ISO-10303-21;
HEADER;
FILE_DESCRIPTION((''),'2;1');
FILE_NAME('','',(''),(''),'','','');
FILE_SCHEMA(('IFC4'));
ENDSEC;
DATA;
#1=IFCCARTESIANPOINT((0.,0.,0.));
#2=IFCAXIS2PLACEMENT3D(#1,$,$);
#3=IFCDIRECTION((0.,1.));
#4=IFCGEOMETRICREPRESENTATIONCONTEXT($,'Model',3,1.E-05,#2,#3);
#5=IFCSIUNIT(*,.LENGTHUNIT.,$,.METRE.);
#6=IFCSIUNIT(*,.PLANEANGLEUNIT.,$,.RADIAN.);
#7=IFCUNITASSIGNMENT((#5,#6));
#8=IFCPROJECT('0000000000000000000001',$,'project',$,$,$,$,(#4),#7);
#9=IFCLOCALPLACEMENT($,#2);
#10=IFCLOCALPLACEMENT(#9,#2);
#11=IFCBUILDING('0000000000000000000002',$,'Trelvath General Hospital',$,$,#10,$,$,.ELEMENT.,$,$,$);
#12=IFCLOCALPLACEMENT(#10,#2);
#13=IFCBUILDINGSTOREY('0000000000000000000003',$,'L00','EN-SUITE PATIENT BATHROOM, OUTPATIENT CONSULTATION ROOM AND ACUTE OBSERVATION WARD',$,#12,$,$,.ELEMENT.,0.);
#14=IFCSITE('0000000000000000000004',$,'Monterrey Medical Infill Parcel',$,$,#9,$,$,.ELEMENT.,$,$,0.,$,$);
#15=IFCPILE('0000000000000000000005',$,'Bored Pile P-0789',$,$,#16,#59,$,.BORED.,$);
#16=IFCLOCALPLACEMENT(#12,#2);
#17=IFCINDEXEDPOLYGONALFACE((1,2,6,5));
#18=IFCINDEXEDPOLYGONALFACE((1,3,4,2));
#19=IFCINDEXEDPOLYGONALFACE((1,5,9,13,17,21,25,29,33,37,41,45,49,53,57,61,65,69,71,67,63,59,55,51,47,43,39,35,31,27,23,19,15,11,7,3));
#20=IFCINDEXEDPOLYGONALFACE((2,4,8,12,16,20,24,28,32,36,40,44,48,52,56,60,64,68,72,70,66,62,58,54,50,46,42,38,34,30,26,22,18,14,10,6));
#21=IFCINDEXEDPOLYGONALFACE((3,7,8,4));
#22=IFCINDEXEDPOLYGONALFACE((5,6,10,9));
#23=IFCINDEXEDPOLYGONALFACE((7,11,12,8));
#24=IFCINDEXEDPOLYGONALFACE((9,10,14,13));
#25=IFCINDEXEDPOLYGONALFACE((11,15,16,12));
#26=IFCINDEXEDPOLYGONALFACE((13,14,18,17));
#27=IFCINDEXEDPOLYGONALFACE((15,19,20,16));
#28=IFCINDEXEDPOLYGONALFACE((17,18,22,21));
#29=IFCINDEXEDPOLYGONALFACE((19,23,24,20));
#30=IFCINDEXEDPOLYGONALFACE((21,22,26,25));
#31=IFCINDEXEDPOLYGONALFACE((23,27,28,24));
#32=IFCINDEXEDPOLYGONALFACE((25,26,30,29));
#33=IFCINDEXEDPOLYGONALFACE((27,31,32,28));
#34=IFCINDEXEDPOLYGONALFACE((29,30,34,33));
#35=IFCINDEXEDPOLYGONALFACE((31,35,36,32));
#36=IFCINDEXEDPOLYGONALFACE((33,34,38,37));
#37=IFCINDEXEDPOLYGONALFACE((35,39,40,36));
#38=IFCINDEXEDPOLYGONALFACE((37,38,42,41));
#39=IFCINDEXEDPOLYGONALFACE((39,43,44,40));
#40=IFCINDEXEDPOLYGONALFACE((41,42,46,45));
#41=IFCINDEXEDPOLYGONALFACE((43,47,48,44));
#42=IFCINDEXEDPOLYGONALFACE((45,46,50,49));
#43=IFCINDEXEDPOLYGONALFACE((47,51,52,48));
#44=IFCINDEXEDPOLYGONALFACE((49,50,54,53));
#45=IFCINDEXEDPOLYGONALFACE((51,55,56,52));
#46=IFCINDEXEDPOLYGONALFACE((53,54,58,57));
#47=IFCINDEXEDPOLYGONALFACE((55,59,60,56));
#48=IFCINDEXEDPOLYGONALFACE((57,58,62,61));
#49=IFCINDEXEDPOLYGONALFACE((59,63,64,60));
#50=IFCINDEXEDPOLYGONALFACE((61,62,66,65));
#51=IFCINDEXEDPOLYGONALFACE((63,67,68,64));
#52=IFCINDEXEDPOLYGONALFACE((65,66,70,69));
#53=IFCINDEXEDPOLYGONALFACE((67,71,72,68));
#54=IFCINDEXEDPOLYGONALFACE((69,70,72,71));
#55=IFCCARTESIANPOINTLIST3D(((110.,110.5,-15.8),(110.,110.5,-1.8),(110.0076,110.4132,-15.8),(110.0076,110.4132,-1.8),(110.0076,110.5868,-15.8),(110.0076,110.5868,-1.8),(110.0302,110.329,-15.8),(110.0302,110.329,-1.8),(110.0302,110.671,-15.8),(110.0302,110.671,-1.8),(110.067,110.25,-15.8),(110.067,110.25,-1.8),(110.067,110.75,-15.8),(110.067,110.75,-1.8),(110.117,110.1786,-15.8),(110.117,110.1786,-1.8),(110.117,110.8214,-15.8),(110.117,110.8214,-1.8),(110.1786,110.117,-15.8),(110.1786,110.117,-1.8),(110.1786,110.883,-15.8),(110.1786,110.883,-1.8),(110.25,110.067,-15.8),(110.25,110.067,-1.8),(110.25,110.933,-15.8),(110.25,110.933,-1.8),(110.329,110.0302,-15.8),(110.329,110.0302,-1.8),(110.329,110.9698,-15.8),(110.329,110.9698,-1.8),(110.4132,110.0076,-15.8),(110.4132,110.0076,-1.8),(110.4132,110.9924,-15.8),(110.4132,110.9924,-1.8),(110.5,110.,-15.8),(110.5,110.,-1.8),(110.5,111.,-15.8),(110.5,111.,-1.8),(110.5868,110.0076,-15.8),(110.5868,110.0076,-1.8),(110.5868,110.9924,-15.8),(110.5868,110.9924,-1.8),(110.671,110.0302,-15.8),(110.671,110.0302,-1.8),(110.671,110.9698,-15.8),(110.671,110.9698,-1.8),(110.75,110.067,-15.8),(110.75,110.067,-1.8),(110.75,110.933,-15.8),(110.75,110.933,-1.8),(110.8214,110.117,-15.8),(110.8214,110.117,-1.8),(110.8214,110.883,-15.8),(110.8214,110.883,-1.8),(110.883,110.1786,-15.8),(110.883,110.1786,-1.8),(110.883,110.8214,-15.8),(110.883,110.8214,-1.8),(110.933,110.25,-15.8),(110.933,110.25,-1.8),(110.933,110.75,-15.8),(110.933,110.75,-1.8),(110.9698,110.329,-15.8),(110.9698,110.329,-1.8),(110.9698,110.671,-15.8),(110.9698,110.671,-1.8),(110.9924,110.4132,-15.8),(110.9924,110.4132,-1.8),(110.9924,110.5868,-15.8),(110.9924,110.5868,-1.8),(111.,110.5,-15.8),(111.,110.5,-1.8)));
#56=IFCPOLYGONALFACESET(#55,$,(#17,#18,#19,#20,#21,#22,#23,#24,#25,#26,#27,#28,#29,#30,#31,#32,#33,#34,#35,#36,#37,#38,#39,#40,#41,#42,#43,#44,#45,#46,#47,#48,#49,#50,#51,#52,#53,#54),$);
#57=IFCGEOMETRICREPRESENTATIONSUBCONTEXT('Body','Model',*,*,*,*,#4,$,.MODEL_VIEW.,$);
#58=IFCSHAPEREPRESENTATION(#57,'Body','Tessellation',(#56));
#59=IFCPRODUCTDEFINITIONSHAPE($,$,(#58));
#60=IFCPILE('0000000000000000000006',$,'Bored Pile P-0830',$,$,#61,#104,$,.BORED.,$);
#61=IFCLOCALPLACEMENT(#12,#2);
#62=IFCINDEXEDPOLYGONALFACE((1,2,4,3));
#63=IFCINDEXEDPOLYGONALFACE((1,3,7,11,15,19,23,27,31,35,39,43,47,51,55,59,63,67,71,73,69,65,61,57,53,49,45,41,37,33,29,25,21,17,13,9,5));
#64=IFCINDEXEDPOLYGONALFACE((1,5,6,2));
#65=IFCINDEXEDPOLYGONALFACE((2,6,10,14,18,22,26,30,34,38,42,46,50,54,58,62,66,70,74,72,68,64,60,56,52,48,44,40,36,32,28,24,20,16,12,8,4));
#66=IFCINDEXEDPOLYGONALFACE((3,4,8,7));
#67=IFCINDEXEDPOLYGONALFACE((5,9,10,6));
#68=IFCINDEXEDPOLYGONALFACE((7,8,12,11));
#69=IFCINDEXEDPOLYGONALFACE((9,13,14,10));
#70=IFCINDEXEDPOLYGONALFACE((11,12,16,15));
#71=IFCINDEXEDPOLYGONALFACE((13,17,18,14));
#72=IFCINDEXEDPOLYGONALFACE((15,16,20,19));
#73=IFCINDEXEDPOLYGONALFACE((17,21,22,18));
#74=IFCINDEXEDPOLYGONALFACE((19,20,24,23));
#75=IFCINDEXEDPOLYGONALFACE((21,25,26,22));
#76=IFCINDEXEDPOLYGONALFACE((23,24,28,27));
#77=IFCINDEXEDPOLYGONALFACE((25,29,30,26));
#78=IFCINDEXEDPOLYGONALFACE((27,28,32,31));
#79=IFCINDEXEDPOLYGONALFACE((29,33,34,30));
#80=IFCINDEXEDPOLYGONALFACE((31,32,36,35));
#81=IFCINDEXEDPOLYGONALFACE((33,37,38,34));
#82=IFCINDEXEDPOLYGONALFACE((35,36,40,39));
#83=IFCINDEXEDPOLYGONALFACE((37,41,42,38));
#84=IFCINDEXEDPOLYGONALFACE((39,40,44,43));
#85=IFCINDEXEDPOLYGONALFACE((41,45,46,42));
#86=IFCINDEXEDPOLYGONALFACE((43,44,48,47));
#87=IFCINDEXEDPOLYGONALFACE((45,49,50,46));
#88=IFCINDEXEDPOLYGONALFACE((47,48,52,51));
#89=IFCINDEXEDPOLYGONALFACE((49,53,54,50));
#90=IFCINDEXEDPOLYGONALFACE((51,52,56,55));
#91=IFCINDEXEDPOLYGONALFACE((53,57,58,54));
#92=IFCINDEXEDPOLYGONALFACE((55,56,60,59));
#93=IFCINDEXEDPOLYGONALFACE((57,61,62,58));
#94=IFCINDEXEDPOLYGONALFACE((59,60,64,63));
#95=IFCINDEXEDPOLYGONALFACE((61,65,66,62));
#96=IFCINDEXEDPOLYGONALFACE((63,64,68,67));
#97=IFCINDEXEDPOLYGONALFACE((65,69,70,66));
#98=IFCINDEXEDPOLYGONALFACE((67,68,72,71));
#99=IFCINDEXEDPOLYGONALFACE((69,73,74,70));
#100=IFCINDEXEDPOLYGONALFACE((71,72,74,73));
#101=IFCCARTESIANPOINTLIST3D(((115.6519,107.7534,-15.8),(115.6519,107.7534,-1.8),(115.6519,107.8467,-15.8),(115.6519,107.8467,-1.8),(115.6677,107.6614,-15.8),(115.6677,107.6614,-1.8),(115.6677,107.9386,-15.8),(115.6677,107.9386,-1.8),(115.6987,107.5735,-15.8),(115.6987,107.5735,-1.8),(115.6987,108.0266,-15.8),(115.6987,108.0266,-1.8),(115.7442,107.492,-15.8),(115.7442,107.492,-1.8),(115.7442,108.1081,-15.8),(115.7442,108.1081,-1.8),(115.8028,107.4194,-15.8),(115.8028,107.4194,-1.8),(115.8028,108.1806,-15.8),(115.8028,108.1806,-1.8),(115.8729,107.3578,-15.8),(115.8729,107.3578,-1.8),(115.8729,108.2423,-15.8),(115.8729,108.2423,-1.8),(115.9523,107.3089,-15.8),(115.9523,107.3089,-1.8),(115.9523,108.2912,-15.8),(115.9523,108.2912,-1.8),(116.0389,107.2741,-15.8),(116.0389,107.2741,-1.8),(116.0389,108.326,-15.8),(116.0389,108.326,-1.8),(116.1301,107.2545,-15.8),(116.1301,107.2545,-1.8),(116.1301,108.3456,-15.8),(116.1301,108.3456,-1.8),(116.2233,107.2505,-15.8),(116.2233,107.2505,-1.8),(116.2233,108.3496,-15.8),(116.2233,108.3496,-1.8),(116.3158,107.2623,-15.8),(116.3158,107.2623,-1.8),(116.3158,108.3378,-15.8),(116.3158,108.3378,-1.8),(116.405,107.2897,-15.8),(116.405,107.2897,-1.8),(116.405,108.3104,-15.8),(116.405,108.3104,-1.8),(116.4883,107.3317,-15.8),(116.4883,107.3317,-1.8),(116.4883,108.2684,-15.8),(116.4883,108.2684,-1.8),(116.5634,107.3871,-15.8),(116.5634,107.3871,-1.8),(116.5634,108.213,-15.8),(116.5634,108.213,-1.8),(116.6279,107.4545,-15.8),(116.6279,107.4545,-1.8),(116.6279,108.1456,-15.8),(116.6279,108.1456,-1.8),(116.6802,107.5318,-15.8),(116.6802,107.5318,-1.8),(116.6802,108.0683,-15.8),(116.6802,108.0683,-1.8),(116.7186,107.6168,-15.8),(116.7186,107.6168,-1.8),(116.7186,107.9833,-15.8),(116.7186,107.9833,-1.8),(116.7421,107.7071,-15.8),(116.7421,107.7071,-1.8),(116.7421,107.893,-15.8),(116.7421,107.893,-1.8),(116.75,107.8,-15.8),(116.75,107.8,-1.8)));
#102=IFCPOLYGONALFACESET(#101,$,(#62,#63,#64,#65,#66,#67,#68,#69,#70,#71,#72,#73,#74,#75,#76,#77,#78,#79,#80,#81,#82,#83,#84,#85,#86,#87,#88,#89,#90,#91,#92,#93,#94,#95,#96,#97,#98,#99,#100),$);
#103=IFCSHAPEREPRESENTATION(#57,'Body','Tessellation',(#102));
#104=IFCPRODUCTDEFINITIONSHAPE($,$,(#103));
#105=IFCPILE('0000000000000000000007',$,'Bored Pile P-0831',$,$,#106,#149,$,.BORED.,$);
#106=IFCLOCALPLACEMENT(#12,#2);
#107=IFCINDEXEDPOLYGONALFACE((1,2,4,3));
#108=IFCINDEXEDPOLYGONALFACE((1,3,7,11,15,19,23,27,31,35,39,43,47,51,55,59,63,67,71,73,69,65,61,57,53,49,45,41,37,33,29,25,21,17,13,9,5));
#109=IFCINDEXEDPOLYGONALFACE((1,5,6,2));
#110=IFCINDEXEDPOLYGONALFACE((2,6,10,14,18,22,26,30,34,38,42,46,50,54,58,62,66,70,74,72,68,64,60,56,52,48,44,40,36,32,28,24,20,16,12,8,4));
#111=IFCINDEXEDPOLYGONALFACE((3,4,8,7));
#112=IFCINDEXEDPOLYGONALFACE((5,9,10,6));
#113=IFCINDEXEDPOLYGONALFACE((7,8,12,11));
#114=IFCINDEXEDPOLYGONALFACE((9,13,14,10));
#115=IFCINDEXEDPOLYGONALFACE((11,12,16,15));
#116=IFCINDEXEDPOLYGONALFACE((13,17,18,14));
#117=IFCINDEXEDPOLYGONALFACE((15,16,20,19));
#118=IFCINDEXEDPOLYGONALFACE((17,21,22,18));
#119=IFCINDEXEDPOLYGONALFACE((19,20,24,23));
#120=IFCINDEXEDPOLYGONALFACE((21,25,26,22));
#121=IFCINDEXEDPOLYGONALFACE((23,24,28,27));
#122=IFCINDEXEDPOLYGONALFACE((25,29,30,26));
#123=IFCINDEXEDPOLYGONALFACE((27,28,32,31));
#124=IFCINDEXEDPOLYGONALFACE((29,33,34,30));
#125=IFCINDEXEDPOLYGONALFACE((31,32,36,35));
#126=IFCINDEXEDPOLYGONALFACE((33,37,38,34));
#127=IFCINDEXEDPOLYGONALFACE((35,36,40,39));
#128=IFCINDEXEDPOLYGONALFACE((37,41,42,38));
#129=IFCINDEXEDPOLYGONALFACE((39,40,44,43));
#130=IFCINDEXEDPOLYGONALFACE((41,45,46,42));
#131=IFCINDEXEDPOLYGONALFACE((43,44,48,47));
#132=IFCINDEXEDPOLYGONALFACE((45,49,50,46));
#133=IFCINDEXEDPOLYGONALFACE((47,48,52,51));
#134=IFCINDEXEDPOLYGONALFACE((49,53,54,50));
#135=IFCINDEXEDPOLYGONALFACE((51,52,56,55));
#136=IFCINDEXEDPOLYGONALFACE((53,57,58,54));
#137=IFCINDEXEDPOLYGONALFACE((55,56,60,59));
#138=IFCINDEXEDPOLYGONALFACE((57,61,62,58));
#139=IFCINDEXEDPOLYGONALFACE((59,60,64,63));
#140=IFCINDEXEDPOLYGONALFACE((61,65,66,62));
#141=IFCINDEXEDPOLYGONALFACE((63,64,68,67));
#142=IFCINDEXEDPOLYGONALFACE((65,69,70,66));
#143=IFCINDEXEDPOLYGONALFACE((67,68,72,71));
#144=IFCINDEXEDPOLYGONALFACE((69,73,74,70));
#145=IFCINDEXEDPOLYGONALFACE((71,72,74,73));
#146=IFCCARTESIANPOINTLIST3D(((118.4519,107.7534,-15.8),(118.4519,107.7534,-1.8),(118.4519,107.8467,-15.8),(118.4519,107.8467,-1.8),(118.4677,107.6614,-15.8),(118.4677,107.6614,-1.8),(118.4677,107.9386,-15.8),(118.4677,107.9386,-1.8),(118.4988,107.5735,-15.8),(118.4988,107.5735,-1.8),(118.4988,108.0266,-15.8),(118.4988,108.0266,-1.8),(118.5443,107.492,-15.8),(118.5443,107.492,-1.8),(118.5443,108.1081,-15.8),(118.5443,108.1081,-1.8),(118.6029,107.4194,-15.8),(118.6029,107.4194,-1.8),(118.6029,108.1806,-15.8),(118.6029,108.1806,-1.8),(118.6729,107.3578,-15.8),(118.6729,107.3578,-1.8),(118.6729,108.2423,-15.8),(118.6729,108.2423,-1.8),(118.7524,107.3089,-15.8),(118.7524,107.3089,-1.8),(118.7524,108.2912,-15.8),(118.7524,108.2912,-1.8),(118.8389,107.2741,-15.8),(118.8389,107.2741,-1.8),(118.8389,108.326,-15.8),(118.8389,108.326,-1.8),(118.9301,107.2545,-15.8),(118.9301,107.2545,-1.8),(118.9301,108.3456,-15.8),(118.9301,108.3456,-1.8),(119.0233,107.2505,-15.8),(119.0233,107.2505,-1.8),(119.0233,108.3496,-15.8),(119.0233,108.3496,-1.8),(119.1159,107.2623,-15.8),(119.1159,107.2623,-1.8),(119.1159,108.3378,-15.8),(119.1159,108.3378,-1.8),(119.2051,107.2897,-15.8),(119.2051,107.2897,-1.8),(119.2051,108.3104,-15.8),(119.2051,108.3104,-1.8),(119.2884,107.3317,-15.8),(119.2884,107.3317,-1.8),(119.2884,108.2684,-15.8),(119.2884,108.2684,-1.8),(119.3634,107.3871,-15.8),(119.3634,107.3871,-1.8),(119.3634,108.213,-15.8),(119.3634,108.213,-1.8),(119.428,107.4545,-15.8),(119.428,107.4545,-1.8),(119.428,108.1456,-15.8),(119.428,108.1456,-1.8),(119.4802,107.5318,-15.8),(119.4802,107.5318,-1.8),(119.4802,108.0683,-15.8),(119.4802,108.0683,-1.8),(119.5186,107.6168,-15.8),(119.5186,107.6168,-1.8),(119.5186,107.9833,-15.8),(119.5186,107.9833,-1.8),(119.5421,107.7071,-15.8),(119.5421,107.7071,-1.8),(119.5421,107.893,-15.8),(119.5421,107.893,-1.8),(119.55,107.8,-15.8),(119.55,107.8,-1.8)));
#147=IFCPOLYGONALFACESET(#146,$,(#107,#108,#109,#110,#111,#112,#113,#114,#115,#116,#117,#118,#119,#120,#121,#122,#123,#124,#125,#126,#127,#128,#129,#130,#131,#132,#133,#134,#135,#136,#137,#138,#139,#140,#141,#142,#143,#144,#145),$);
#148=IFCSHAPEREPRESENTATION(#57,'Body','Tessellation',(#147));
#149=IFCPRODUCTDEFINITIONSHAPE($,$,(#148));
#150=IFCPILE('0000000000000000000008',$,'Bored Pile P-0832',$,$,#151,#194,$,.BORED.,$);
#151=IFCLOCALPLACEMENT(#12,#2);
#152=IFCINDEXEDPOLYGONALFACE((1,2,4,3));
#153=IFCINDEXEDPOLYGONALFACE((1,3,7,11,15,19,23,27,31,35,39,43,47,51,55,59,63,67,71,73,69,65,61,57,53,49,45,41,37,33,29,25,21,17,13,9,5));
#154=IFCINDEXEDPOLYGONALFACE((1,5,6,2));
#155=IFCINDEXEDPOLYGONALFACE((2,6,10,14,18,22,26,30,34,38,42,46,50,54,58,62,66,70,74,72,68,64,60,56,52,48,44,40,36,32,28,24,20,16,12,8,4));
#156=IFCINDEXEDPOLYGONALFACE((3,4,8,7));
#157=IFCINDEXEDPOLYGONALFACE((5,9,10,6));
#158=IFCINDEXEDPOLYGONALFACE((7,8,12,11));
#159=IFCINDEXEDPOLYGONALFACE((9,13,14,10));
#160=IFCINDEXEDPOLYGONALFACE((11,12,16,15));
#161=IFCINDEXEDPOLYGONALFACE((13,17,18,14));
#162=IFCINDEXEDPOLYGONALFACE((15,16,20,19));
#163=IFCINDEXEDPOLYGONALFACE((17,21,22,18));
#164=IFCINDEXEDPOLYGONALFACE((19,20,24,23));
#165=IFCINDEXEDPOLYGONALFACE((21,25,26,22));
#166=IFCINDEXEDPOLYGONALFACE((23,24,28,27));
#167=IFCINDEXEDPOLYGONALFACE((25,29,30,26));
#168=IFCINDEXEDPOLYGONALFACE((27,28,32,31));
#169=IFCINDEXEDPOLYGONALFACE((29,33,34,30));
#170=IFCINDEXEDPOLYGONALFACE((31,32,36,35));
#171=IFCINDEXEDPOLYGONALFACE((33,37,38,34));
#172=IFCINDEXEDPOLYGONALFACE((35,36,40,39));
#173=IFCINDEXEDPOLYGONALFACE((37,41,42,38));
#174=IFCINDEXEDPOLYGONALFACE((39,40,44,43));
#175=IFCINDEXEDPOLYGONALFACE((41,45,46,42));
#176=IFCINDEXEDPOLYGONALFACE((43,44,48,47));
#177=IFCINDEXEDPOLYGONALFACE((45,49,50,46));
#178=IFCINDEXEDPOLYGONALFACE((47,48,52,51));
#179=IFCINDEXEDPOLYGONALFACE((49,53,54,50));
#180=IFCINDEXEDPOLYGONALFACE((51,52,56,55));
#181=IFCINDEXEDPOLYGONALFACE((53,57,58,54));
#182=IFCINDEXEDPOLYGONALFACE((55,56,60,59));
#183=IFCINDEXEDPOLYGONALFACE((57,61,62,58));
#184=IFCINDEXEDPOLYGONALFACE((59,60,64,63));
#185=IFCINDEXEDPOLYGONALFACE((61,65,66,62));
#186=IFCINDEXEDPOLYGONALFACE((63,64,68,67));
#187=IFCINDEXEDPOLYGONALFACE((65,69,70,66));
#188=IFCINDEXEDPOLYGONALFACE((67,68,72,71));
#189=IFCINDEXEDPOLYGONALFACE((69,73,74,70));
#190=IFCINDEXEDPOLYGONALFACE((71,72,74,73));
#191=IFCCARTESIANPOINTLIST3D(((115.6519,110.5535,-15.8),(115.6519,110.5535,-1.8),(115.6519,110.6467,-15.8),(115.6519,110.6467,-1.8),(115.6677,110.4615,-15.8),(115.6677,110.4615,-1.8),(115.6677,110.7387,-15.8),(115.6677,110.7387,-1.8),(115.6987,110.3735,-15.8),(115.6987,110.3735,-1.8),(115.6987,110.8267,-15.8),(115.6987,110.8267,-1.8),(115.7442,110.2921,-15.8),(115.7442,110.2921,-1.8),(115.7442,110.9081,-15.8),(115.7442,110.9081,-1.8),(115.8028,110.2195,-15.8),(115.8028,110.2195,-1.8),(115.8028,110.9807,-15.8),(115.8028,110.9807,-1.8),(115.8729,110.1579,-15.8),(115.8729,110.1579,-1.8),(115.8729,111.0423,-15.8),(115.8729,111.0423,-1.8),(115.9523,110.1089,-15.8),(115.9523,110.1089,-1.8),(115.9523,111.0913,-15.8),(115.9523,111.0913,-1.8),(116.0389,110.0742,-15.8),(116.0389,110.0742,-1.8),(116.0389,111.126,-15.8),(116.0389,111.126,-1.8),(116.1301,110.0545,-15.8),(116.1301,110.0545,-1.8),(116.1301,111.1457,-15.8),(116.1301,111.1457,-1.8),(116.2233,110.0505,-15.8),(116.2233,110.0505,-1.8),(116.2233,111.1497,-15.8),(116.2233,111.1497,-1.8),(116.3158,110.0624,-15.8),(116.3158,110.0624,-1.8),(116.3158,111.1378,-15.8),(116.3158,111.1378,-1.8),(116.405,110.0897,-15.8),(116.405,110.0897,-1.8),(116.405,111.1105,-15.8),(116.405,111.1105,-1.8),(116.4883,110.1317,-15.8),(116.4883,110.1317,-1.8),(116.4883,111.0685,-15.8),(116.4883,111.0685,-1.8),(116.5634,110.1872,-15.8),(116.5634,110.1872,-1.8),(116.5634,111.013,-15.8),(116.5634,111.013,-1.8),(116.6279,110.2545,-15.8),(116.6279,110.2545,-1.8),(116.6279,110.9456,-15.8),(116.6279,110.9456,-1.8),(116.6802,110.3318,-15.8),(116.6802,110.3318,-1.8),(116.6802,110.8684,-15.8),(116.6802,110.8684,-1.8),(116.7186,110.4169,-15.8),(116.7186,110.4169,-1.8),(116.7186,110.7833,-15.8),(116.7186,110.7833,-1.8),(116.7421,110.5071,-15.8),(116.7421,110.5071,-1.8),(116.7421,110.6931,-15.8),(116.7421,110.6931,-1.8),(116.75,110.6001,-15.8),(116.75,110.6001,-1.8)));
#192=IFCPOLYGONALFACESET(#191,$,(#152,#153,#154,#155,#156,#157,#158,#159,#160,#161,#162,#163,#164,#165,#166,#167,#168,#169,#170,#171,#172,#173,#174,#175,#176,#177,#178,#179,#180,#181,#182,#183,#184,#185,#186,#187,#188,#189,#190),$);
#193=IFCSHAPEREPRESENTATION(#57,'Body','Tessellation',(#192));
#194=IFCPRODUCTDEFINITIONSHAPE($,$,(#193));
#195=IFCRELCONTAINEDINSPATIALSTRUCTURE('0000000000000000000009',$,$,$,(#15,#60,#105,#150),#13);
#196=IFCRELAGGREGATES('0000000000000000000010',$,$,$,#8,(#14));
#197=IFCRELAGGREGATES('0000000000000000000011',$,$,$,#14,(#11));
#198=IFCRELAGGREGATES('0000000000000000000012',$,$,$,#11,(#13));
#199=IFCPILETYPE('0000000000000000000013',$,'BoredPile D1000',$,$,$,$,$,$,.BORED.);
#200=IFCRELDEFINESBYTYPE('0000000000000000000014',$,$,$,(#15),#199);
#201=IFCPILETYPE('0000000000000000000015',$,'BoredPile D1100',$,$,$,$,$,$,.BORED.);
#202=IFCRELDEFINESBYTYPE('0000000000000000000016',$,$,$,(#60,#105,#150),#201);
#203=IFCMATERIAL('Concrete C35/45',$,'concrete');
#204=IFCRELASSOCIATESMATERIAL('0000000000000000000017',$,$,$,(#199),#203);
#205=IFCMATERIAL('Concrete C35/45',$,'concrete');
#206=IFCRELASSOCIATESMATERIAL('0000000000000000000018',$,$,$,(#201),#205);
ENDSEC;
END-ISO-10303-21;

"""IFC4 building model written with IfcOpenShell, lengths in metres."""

from ifc_helpers import new_model, si_unit, direction, frame, origin, origin_2d, place, context, subcontext, project, spatial, circle, extrude, material, material_profile, profile_set, type_object, element, save


model = new_model("IFC4")

# Units and contexts
model_context = context("Model", 3, precision=1e-05, world=origin(), true_north=direction((0.0, 1.0)))
body_context = subcontext(model_context, "Body", "Model", "MODEL_VIEW")
ifc_project = project(units=[si_unit("LENGTHUNIT", "METRE"), si_unit("PLANEANGLEUNIT", "RADIAN")], contexts=[model_context])

# Site, building, storey
site_placement = place(None, origin())
site = spatial("IfcSite", under=ifc_project, at=site_placement, Name="Monterrey Medical Infill Parcel", CompositionType="ELEMENT", RefElevation=0.0)
building_placement = place(site_placement, origin())
building = spatial("IfcBuilding", under=site, at=building_placement, Name="Trelvath General Hospital", CompositionType="ELEMENT")
storey_placement = place(building_placement, origin())
storey = spatial("IfcBuildingStorey", under=building, at=storey_placement, Name="L00", Description="EN-SUITE PATIENT BATHROOM, OUTPATIENT CONSULTATION ROOM AND ACUTE OBSERVATION WARD", CompositionType="ELEMENT", Elevation=0.0)

# Piles
ifc_material_1 = material(Name="Concrete C35/45", Category="concrete")
ifc_material_profile_1 = material_profile(ifc_material_1, circle(Radius=0.5, at=origin_2d()), Name="PILE1000")
ifc_profile_set_1 = profile_set([ifc_material_profile_1], Name="Concrete C35/45")
pile_type_1 = type_object("IfcPileType", Name="BoredPile D1000", PredefinedType="BORED", material=ifc_profile_set_1)
pile_1_placement = place(storey_placement, frame((110.5, 110.5, -1.8), z_axis=(0.0, 0.0, -1.0), x_axis=(1.0, 0.0, 0.0)))
element("IfcPile", 1, at=pile_1_placement, inside=storey, type_object=pile_type_1, Name="Bored Pile P-0789", PredefinedType="BORED", context=body_context, shape_type="SweptSolid", body=[
    extrude(circle(Radius=0.5, at=origin_2d()), origin(), (0.0, 0.0, 1.0), 14.0),
])
ifc_material_2 = material(Name="Concrete C35/45", Category="concrete")
ifc_material_profile_2 = material_profile(ifc_material_2, circle(Radius=0.55, at=origin_2d()), Name="PILE1100")
ifc_profile_set_2 = profile_set([ifc_material_profile_2], Name="Concrete C35/45")
pile_type_2 = type_object("IfcPileType", Name="BoredPile D1100", PredefinedType="BORED", material=ifc_profile_set_2)
for number, where, z_axis, x_axis, name in (
    (2, (116.2, 107.8, -1.8), (0.0, 0.0, -1.0), (1.0, 0.0, 0.0), "Bored Pile P-0830"),
    (3, (119.0, 107.8, -1.8), (0.0, 0.0, -1.0), (1.0, 0.0, 0.0), "Bored Pile P-0831"),
    (4, (116.2, 110.6001, -1.8), (0.0, 0.0, -1.0), (1.0, 0.0, 0.0), "Bored Pile P-0832"),
):
    element("IfcPile", number, at=place(storey_placement, frame(where, z_axis=z_axis, x_axis=x_axis)), inside=storey, type_object=pile_type_2, Name=name, PredefinedType="BORED", context=body_context, shape_type="SweptSolid", body=[
        extrude(circle(Radius=0.55, at=origin_2d()), origin(), (0.0, 0.0, 1.0), 14.0),
    ])

save(model, "model.ifc")
